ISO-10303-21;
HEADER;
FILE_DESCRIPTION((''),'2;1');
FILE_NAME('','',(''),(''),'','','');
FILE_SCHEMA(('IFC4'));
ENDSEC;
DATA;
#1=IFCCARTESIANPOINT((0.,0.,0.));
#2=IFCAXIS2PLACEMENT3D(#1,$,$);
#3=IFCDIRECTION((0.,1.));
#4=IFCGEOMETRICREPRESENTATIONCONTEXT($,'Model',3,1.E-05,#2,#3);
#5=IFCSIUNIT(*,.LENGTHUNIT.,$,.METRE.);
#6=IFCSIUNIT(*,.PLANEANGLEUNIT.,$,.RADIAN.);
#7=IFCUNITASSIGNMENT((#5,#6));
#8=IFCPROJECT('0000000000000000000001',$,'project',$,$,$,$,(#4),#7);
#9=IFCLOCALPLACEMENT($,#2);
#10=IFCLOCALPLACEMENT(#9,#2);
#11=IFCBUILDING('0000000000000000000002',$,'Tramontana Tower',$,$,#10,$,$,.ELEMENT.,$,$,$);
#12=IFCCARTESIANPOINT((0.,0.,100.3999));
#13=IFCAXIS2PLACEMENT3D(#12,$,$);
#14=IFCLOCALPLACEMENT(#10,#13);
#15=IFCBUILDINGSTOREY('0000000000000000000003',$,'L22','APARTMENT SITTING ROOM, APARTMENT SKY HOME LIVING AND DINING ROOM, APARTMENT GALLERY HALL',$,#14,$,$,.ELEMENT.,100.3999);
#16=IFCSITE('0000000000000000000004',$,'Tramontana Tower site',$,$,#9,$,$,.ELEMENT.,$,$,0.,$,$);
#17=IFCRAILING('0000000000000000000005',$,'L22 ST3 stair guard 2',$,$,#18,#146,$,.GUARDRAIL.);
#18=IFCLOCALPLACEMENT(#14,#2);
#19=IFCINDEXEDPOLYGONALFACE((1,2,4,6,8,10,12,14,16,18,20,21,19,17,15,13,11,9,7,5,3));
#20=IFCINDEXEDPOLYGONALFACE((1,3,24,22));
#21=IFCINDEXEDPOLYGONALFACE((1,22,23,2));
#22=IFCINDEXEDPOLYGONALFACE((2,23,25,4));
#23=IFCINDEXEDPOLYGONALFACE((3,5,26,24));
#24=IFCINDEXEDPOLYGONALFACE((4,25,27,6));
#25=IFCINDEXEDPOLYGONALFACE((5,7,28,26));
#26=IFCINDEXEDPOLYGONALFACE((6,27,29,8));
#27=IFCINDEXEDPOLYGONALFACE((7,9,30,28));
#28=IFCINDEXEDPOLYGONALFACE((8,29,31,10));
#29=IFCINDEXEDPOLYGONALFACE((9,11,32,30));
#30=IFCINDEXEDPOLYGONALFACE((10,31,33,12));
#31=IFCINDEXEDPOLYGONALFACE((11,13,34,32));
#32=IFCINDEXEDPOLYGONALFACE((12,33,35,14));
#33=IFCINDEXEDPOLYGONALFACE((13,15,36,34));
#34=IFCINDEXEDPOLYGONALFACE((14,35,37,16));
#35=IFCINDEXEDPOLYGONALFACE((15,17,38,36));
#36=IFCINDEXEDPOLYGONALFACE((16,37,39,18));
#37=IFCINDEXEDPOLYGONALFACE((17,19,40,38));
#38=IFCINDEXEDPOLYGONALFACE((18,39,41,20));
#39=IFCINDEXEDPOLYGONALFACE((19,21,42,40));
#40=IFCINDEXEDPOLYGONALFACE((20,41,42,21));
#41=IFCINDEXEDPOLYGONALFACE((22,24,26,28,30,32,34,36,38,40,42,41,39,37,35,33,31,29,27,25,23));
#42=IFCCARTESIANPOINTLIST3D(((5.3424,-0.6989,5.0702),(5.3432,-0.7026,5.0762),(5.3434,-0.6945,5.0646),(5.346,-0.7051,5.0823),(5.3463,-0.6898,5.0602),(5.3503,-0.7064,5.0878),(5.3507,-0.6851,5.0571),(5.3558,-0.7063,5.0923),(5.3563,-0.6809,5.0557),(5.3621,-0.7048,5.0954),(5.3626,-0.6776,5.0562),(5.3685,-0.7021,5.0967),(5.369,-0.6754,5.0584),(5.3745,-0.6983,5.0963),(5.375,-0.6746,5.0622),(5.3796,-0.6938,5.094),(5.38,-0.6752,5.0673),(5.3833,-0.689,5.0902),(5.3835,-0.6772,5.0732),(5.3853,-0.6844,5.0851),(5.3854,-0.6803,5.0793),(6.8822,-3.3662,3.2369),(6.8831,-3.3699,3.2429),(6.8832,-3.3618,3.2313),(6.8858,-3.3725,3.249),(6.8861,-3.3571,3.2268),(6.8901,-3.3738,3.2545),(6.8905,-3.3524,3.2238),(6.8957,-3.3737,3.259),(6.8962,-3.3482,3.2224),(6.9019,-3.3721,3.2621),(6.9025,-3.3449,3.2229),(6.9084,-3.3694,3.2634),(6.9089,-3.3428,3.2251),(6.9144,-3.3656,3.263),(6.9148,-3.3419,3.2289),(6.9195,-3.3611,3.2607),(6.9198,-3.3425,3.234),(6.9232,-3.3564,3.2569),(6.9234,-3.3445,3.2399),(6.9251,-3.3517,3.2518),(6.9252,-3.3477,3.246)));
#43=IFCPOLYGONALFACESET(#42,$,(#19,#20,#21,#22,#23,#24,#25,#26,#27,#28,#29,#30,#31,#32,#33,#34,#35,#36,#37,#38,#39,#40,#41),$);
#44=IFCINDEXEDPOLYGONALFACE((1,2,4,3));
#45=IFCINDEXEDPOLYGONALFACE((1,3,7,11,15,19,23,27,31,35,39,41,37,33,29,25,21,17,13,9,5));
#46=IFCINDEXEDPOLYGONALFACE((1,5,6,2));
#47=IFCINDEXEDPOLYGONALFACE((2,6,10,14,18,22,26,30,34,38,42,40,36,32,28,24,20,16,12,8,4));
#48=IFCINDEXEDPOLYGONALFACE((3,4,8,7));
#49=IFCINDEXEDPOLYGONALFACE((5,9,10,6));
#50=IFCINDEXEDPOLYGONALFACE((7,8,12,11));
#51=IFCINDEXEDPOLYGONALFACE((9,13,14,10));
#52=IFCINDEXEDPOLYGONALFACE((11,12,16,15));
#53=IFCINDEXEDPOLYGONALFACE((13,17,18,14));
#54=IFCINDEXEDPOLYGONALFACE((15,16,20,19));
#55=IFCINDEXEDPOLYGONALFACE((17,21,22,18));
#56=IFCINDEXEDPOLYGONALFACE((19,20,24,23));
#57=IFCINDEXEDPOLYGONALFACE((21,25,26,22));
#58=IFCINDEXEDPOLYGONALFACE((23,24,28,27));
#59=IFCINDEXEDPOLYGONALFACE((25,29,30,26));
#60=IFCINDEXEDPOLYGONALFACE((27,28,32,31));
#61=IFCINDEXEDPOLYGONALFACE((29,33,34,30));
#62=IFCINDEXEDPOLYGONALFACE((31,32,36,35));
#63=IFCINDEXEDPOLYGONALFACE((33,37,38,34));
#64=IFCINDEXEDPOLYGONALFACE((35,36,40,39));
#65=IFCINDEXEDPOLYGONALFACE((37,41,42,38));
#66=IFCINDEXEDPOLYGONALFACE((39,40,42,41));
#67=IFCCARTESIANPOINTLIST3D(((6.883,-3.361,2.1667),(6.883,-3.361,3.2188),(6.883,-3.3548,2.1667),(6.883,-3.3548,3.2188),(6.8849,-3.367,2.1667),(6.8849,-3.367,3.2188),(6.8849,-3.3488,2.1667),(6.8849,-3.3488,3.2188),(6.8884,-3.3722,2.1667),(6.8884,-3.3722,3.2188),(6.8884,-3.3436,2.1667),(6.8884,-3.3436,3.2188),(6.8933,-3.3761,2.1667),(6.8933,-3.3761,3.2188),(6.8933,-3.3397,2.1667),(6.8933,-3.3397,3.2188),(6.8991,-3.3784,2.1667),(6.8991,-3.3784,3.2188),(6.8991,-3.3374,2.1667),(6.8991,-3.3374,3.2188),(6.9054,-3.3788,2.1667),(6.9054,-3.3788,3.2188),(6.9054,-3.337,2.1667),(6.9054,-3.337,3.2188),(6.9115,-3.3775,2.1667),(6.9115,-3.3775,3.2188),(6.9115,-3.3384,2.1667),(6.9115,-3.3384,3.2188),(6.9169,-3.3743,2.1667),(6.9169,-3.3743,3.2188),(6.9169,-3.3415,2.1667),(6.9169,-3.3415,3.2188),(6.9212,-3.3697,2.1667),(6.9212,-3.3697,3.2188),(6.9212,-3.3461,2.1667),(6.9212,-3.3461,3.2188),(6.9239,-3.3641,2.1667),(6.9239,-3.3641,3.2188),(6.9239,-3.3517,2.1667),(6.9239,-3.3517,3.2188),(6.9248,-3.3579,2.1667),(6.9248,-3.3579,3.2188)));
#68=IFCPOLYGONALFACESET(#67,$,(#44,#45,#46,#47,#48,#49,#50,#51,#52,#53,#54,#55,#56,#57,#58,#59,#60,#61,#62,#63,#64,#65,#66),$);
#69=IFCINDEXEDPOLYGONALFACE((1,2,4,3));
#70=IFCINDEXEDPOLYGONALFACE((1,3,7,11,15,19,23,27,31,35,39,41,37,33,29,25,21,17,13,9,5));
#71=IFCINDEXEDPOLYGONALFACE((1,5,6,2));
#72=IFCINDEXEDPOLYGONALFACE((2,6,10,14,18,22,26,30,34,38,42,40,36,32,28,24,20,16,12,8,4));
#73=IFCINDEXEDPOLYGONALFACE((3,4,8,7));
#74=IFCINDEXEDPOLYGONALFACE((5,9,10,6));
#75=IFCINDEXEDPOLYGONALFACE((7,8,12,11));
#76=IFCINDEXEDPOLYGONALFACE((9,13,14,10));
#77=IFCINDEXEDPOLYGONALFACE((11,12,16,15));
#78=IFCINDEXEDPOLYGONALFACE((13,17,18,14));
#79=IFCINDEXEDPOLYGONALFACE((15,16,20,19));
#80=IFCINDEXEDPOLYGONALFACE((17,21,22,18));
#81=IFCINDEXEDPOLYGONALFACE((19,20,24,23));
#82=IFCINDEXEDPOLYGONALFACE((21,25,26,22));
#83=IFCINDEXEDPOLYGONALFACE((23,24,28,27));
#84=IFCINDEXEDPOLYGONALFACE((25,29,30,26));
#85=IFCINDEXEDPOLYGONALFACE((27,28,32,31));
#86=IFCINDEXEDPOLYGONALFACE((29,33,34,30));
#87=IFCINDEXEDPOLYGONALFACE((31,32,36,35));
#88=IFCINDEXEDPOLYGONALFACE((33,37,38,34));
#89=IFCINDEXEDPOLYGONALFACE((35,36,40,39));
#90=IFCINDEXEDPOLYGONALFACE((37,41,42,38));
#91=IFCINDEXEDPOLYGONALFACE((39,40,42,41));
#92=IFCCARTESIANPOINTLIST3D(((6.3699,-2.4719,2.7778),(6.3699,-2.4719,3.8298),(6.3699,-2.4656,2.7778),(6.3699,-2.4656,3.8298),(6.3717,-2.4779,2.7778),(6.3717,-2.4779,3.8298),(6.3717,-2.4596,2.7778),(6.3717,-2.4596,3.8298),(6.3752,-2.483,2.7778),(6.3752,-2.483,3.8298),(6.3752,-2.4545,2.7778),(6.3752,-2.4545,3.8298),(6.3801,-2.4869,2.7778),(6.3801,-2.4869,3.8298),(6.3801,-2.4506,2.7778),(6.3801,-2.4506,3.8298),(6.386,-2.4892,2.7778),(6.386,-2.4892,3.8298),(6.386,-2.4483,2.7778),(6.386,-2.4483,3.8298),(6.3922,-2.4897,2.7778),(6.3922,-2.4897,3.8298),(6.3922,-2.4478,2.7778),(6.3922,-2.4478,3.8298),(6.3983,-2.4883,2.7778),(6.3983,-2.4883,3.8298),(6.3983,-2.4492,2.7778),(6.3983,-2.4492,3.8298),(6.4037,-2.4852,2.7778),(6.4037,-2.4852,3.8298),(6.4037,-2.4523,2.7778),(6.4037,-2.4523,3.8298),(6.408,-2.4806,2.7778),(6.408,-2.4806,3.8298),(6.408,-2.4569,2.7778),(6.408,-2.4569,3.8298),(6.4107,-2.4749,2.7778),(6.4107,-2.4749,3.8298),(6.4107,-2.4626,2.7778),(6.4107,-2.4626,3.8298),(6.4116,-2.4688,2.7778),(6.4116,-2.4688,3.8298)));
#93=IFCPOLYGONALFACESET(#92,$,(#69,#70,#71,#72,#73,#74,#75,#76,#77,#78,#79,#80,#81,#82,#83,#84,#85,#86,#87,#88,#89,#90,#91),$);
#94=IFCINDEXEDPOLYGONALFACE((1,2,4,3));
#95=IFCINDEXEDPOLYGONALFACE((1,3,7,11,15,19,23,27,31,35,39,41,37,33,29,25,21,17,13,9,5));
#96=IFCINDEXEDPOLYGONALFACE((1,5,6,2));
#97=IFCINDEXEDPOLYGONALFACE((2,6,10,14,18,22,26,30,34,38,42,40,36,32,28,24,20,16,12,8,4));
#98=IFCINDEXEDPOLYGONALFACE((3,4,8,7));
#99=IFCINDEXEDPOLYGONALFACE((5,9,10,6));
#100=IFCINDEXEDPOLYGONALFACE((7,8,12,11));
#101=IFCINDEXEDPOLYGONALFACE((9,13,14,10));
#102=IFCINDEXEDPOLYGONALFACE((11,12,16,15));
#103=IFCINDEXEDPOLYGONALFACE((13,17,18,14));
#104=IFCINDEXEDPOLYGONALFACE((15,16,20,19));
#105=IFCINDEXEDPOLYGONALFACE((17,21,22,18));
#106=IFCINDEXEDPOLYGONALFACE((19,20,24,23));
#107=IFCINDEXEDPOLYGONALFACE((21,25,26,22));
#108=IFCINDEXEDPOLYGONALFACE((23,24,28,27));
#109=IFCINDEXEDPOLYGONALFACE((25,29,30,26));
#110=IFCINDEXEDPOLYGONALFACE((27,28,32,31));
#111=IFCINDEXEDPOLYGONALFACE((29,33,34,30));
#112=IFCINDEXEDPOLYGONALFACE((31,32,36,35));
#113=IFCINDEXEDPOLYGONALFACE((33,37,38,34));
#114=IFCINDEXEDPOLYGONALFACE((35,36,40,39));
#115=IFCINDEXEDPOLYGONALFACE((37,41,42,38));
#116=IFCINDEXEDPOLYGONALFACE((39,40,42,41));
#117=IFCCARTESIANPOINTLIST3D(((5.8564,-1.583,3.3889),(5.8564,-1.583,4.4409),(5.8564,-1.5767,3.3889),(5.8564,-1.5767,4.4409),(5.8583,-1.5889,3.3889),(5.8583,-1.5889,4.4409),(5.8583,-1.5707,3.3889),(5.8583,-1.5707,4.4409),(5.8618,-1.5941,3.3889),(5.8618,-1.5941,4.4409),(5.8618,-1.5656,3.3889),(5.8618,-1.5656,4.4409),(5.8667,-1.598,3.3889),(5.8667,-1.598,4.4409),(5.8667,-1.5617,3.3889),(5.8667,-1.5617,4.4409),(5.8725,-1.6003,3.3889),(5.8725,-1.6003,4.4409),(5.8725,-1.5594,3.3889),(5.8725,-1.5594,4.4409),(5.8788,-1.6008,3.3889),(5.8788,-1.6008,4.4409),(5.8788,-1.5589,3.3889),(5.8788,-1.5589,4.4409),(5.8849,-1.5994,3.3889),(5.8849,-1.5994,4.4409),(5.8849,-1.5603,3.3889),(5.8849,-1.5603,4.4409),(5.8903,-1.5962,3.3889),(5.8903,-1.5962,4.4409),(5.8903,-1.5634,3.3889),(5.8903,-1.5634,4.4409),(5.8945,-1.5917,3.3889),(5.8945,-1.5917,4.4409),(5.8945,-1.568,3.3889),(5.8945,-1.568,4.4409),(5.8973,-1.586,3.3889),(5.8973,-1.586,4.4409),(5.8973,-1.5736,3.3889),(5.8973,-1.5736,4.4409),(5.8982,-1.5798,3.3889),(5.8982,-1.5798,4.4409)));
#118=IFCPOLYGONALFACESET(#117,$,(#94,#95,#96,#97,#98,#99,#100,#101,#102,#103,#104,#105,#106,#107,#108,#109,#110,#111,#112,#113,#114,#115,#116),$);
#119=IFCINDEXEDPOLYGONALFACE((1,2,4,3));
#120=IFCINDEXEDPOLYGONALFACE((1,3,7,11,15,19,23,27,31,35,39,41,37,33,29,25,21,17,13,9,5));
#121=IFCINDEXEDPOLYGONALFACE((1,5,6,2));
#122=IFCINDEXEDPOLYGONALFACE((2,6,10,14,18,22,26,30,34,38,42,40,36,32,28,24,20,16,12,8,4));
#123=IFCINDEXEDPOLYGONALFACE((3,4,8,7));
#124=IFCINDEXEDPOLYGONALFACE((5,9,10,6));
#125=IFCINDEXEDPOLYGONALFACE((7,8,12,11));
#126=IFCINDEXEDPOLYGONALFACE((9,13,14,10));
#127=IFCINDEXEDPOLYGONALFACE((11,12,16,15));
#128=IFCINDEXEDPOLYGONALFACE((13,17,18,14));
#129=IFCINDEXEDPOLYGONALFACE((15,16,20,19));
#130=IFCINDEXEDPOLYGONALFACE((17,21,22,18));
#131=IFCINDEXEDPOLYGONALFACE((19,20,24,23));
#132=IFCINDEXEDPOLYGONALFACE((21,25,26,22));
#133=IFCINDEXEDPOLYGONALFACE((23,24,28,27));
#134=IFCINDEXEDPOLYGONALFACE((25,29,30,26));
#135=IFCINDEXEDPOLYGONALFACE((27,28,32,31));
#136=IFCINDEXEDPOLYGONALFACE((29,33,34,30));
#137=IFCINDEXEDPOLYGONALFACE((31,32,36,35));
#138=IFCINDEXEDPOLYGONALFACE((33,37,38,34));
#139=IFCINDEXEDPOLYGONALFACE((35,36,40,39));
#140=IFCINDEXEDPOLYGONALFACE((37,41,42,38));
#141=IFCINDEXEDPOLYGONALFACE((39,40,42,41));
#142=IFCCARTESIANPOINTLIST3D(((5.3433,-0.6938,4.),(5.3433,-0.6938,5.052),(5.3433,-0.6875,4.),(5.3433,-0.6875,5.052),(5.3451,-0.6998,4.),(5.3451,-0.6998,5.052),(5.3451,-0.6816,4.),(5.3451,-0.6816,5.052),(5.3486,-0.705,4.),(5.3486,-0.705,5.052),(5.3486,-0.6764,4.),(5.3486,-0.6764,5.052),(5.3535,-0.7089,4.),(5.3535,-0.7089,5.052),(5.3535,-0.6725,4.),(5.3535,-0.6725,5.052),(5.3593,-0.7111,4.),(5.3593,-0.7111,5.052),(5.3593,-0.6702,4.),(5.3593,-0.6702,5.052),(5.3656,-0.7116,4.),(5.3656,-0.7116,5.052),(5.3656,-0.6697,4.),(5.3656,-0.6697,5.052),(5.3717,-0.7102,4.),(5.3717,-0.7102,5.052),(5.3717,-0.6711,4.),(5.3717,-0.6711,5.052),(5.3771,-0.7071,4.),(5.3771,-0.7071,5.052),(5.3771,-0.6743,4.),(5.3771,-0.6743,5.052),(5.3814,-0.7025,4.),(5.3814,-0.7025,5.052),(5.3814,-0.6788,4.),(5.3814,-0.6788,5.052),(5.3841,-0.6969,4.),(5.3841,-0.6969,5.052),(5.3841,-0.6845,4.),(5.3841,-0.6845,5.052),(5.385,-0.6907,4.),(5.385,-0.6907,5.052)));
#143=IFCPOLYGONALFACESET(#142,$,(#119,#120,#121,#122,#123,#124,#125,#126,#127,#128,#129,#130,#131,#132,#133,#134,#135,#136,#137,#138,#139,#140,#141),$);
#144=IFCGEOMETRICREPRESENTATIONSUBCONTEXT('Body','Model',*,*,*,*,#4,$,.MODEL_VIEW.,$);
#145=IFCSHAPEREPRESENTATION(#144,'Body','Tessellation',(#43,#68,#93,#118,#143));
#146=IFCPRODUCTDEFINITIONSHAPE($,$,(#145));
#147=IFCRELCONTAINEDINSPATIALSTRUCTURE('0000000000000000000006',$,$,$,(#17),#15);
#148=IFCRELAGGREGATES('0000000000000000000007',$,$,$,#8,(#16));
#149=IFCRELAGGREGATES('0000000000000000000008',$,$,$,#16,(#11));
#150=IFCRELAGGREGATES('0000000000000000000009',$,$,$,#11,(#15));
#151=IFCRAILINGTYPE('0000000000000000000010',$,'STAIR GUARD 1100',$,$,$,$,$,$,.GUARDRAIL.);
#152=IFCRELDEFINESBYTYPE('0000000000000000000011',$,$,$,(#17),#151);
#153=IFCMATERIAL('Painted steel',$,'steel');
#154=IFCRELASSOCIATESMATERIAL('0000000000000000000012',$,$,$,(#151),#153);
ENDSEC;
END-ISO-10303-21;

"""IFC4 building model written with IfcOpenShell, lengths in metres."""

from ifc_helpers import new_model, si_unit, direction, frame, origin, origin_2d, place, context, subcontext, project, spatial, circle, extrude, material, type_object, element, save


model = new_model("IFC4")

# Units and contexts
model_context = context("Model", 3, precision=1e-05, world=origin(), true_north=direction((0.0, 1.0)))
body_context = subcontext(model_context, "Body", "Model", "MODEL_VIEW")
ifc_project = project(units=[si_unit("LENGTHUNIT", "METRE"), si_unit("PLANEANGLEUNIT", "RADIAN")], contexts=[model_context])

# Site, building, storey
site_placement = place(None, origin())
site = spatial("IfcSite", under=ifc_project, at=site_placement, Name="Tramontana Tower site", CompositionType="ELEMENT", RefElevation=0.0)
building_placement = place(site_placement, origin())
building = spatial("IfcBuilding", under=site, at=building_placement, Name="Tramontana Tower", CompositionType="ELEMENT")
storey_placement = place(building_placement, frame((0.0, 0.0, 100.3999)))
storey = spatial("IfcBuildingStorey", under=building, at=storey_placement, Name="L22", Description="APARTMENT SITTING ROOM, APARTMENT SKY HOME LIVING AND DINING ROOM, APARTMENT GALLERY HALL", CompositionType="ELEMENT", Elevation=100.3999)

# Railing
ifc_material_1 = material(Name="Painted steel", Category="steel")
railing_type_1 = type_object("IfcRailingType", Name="STAIR GUARD 1100", PredefinedType="GUARDRAIL", material=ifc_material_1)
railing_1_placement = place(storey_placement, frame((6.9038, -3.3579, 2.1667)))
element("IfcRailing", 1, at=railing_1_placement, inside=storey, type_object=railing_type_1, Name="L22 ST3 stair guard 2", PredefinedType="GUARDRAIL", context=body_context, shape_type="SweptSolid", body=[
    extrude(circle(Radius=0.0239, at=origin_2d()), frame((0.0, 0.0, 1.0762), z_axis=(-0.429616, 0.744181, 0.511493), x_axis=(-0.866044, -0.499967, 0.0)), (0.0, 0.0, 1.0), 3.5842),
    extrude(circle(Radius=0.021, at=origin_2d()), origin(), (0.0, 0.0, 1.0), 1.052),
    extrude(circle(Radius=0.021, at=origin_2d()), frame((-0.5132, 0.8892, 0.6111)), (0.0, 0.0, 1.0), 1.052),
    extrude(circle(Radius=0.021, at=origin_2d()), frame((-1.0266, 1.7781, 1.2222)), (0.0, 0.0, 1.0), 1.052),
    extrude(circle(Radius=0.021, at=origin_2d()), frame((-1.5398, 2.6672, 1.8333)), (0.0, 0.0, 1.0), 1.052),
])

save(model, "model.ifc")
